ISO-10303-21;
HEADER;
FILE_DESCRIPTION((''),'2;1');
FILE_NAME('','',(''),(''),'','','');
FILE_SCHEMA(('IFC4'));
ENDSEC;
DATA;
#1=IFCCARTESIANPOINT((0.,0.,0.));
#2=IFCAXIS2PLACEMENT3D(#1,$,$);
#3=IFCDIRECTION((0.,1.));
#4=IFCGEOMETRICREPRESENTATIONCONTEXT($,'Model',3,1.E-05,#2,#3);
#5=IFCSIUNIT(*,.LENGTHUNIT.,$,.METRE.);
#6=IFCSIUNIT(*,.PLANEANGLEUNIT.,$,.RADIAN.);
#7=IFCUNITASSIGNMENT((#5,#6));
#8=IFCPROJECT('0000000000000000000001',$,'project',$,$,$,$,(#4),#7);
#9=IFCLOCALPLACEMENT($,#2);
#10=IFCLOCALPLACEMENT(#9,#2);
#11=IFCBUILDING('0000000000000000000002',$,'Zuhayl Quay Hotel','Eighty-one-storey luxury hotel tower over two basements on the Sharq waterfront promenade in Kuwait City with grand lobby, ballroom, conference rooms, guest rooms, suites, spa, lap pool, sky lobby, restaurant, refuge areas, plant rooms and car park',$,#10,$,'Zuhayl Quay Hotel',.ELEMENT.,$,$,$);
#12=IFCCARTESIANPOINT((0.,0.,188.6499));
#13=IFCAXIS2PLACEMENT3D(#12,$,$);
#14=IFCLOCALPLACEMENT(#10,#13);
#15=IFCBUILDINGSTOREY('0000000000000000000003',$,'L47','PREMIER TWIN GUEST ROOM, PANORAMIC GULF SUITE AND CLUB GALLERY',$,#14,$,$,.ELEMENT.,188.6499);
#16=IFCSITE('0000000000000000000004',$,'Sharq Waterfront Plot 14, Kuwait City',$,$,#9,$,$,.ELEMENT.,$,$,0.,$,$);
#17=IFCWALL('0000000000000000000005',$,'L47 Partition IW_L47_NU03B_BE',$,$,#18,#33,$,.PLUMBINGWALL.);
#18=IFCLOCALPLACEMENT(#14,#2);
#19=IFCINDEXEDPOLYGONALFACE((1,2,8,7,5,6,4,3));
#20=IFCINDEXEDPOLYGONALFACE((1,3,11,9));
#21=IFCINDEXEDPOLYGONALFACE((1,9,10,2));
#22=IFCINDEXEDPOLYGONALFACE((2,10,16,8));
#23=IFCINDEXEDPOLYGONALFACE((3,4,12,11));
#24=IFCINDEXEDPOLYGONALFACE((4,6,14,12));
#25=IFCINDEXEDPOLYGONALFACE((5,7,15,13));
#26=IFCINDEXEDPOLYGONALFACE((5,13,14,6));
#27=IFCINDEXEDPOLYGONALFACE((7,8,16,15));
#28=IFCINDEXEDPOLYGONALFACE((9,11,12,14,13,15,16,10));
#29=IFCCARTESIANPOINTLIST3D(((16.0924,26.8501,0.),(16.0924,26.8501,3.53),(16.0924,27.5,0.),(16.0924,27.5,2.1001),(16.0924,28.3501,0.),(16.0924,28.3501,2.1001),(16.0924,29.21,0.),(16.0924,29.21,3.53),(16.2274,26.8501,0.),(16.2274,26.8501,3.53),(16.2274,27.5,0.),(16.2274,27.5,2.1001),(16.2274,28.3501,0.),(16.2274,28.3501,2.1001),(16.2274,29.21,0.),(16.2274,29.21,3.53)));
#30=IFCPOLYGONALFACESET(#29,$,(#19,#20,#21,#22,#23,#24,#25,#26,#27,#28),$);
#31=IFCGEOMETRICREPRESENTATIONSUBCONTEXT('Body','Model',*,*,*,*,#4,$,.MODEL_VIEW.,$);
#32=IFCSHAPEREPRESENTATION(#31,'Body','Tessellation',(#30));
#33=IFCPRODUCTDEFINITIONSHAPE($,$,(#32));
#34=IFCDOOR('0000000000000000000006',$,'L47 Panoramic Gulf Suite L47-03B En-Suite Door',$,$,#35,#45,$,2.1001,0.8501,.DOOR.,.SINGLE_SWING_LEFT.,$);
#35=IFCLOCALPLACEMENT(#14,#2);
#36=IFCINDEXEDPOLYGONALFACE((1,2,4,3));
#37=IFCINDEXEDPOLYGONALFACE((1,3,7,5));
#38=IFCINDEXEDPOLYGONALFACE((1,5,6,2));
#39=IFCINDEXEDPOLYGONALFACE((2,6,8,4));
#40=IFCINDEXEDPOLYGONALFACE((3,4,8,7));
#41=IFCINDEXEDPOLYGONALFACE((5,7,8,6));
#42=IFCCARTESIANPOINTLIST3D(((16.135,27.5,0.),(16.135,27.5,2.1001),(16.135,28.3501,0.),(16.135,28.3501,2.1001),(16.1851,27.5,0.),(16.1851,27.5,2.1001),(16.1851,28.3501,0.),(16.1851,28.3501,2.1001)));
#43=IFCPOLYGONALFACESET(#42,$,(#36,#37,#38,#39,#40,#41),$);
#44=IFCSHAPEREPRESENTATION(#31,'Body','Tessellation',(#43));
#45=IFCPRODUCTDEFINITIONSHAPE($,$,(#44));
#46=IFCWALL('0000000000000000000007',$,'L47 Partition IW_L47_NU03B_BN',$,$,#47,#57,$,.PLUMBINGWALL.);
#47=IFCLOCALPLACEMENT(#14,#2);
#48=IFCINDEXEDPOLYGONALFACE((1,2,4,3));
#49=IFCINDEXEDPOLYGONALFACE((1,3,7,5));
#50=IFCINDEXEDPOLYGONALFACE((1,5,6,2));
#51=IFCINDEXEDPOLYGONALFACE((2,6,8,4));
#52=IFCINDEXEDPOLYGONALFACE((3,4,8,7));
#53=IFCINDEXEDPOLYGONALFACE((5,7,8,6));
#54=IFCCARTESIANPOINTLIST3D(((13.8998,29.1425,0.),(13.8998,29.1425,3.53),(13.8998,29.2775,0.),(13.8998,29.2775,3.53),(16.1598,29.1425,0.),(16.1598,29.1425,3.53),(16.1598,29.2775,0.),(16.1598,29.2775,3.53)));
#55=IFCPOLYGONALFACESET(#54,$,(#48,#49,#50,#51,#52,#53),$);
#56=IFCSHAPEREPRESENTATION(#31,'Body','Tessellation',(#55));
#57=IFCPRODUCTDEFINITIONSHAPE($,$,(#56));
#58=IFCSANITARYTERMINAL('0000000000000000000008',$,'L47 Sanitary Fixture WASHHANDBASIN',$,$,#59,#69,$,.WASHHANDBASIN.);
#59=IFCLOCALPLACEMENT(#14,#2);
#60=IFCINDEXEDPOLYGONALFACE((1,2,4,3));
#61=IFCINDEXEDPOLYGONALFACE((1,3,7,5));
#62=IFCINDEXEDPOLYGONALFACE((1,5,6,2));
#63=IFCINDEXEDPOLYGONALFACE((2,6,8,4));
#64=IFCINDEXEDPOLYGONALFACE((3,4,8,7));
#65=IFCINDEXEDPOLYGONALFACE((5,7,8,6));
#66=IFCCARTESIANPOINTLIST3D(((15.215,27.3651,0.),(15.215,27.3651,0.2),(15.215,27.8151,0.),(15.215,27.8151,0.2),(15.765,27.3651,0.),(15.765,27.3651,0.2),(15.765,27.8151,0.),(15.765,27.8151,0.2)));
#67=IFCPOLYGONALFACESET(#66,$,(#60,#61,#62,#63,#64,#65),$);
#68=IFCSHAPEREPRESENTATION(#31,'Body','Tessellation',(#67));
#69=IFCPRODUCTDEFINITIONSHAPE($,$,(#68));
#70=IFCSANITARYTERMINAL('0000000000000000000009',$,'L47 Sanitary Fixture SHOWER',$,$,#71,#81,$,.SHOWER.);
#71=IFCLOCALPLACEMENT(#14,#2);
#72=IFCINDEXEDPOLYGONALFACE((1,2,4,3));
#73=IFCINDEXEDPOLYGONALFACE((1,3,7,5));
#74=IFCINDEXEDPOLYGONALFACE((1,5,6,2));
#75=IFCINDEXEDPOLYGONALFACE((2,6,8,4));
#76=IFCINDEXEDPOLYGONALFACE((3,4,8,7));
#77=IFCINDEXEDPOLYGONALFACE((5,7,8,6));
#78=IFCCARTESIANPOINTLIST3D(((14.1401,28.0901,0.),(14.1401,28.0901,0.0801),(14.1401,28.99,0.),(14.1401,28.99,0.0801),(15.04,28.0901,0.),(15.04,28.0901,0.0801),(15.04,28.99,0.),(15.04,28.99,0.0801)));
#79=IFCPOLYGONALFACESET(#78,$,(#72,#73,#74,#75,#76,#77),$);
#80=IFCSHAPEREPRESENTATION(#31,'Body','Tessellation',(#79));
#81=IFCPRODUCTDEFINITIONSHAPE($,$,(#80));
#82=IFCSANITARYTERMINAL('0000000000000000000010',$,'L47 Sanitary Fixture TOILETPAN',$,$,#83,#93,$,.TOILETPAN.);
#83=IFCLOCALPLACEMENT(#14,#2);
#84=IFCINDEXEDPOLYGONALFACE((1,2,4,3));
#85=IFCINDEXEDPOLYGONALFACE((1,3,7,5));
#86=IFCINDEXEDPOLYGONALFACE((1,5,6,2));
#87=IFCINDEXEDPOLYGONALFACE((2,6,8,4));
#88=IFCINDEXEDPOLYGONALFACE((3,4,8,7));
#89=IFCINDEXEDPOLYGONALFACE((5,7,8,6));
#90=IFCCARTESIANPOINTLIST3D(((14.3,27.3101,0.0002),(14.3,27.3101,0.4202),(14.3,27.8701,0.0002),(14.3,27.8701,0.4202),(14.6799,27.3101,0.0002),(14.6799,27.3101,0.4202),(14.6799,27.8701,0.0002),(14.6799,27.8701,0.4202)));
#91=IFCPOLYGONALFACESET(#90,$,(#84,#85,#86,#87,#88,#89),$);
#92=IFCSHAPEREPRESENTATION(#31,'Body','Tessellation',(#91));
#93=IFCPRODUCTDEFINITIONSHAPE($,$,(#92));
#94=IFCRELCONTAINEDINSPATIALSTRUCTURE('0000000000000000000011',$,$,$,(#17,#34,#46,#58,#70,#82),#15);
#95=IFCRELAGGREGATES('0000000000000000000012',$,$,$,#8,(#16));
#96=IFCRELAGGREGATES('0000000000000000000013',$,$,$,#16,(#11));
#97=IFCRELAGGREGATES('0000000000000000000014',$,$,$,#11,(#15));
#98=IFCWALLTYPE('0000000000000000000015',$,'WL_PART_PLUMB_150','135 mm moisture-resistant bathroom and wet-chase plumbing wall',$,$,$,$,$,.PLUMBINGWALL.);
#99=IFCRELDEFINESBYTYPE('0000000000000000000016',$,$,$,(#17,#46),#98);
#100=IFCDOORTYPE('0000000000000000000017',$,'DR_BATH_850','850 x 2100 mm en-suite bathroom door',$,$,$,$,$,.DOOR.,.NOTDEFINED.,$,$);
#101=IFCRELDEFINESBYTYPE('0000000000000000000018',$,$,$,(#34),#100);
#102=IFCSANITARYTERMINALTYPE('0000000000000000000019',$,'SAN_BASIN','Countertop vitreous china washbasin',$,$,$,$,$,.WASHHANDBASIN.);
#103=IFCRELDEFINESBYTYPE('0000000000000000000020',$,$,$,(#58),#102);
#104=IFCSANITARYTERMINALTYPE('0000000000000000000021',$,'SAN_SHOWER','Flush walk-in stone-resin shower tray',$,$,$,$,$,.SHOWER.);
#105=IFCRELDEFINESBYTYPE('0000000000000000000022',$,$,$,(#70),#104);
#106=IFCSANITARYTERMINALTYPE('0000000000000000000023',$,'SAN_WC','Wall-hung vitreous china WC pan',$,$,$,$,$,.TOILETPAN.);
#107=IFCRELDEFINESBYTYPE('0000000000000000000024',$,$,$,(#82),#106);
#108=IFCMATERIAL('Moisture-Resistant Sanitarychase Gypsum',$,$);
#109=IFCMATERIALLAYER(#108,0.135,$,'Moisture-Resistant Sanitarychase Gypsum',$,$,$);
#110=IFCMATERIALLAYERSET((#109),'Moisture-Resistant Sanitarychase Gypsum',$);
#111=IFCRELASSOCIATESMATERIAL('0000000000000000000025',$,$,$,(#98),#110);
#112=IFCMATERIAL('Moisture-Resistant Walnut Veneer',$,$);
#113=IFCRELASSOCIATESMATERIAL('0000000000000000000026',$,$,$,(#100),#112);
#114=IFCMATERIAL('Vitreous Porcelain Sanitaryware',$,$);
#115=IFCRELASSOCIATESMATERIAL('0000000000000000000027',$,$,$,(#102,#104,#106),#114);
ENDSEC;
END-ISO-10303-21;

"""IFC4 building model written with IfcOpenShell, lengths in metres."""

from ifc_helpers import new_model, si_unit, direction, frame, frame_2d, origin, origin_2d, place, context, subcontext, project, spatial, rectangle, extrude, material, layer, layer_set, type_object, element, fill, save


model = new_model("IFC4")

# Units and contexts
model_context = context("Model", 3, precision=1e-05, world=origin(), true_north=direction((0.0, 1.0)))
body_context = subcontext(model_context, "Body", "Model", "MODEL_VIEW")
ifc_project = project(units=[si_unit("LENGTHUNIT", "METRE"), si_unit("PLANEANGLEUNIT", "RADIAN")], contexts=[model_context])

# Site, building, storey
site_placement = place(None, origin())
site = spatial("IfcSite", under=ifc_project, at=site_placement, Name="Sharq Waterfront Plot 14, Kuwait City", CompositionType="ELEMENT", RefElevation=0.0)
building_placement = place(site_placement, origin())
building = spatial("IfcBuilding", under=site, at=building_placement, Name="Zuhayl Quay Hotel", Description="Eighty-one-storey luxury hotel tower over two basements on the Sharq waterfront promenade in Kuwait City with grand lobby, ballroom, conference rooms, guest rooms, suites, spa, lap pool, sky lobby, restaurant, refuge areas, plant rooms and car park", LongName="Zuhayl Quay Hotel", CompositionType="ELEMENT")
storey_placement = place(building_placement, frame((0.0, 0.0, 188.6499)))
storey = spatial("IfcBuildingStorey", under=building, at=storey_placement, Name="L47", Description="PREMIER TWIN GUEST ROOM, PANORAMIC GULF SUITE AND CLUB GALLERY", CompositionType="ELEMENT", Elevation=188.6499)

# Wall, opening, door
ifc_material_1 = material(Name="Moisture-Resistant Sanitarychase Gypsum")
ifc_layer_1 = layer(ifc_material_1, 0.135, Name="Moisture-Resistant Sanitarychase Gypsum")
ifc_layer_set_1 = layer_set([ifc_layer_1], Name="Moisture-Resistant Sanitarychase Gypsum")
wall_type_1 = type_object("IfcWallType", Name="WL_PART_PLUMB_150", Description="135 mm moisture-resistant bathroom and wet-chase plumbing wall", PredefinedType="PLUMBINGWALL", material=ifc_layer_set_1)
wall_1_placement = place(storey_placement, frame((16.1599, 26.8501, 0.0), z_axis=(0.0, 0.0, 1.0), x_axis=(0.0, 1.0, 0.0)))
wall_1 = element("IfcWall", 1, at=wall_1_placement, inside=storey, type_object=wall_type_1, Name="L47 Partition IW_L47_NU03B_BE", PredefinedType="PLUMBINGWALL", context=body_context, shape_type="SweptSolid", body=[
    extrude(rectangle(XDim=2.3599, YDim=0.135, at=frame_2d((1.1799, 0.0))), origin(), (0.0, 0.0, 1.0), 3.53),
])
opening_1_placement = place(wall_1_placement, frame((0.6499, 0.0, 0.0)))
opening_1 = element("IfcOpeningElement", 2, at=opening_1_placement, cuts=wall_1, PredefinedType="OPENING", context=body_context, shape_type="SweptSolid", body=[
    extrude(rectangle(XDim=0.8501, YDim=2.1001, at=frame_2d((0.425, 1.05))), frame((0.0, 0.0774, 0.0), z_axis=(0.0, -1.0, 0.0), x_axis=(1.0, 0.0, 0.0)), (0.0, 0.0, 1.0), 0.155),
])
ifc_material_2 = material(Name="Moisture-Resistant Walnut Veneer")
door_type_1 = type_object("IfcDoorType", Name="DR_BATH_850", Description="850 x 2100 mm en-suite bathroom door", OperationType="NOTDEFINED", PredefinedType="DOOR", material=ifc_material_2)
door_1_placement = place(opening_1_placement, origin())
door_1 = element("IfcDoor", 3, at=door_1_placement, inside=storey, type_object=door_type_1, Name="L47 Panoramic Gulf Suite L47-03B En-Suite Door", OperationType="SINGLE_SWING_LEFT", OverallHeight=2.1001, OverallWidth=0.8501, PredefinedType="DOOR", context=body_context, shape_type="SweptSolid", body=[
    extrude(rectangle(XDim=0.8501, YDim=2.1001, at=frame_2d((0.425, 1.05))), frame((0.0, 0.0249, 0.0), z_axis=(0.0, -1.0, 0.0), x_axis=(1.0, 0.0, 0.0)), (0.0, 0.0, 1.0), 0.05),
])
fill(opening_1, door_1)

# Wall
wall_2_placement = place(storey_placement, frame((13.8999, 29.21, 0.0), z_axis=(0.0, 0.0, 1.0), x_axis=(1.0, 0.0, 0.0)))
element("IfcWall", 4, at=wall_2_placement, inside=storey, type_object=wall_type_1, Name="L47 Partition IW_L47_NU03B_BN", PredefinedType="PLUMBINGWALL", context=body_context, shape_type="SweptSolid", body=[
    extrude(rectangle(XDim=2.26, YDim=0.135, at=frame_2d((1.1299, 0.0))), origin(), (0.0, 0.0, 1.0), 3.53),
])

# Sanitary terminals
ifc_material_3 = material(Name="Vitreous Porcelain Sanitaryware")
sanitary_terminal_type_1 = type_object("IfcSanitaryTerminalType", Name="SAN_BASIN", Description="Countertop vitreous china washbasin", PredefinedType="WASHHANDBASIN", material=ifc_material_3)
sanitary_terminal_1_placement = place(storey_placement, frame((15.49, 27.5901, 0.0), z_axis=(0.0, 0.0, 1.0), x_axis=(1.0, 0.0, 0.0)))
element("IfcSanitaryTerminal", 5, at=sanitary_terminal_1_placement, inside=storey, type_object=sanitary_terminal_type_1, Name="L47 Sanitary Fixture WASHHANDBASIN", PredefinedType="WASHHANDBASIN", context=body_context, shape_type="SweptSolid", body=[
    extrude(rectangle(XDim=0.55, YDim=0.45, at=origin_2d()), origin(), (0.0, 0.0, 1.0), 0.2),
])
sanitary_terminal_type_2 = type_object("IfcSanitaryTerminalType", Name="SAN_SHOWER", Description="Flush walk-in stone-resin shower tray", PredefinedType="SHOWER", material=ifc_material_3)
sanitary_terminal_2_placement = place(storey_placement, frame((14.5901, 28.54, 0.0), z_axis=(0.0, 0.0, 1.0), x_axis=(1.0, 0.0, 0.0)))
element("IfcSanitaryTerminal", 6, at=sanitary_terminal_2_placement, inside=storey, type_object=sanitary_terminal_type_2, Name="L47 Sanitary Fixture SHOWER", PredefinedType="SHOWER", context=body_context, shape_type="SweptSolid", body=[
    extrude(rectangle(XDim=0.8999, YDim=0.8999, at=origin_2d()), origin(), (0.0, 0.0, 1.0), 0.0801),
])
sanitary_terminal_type_3 = type_object("IfcSanitaryTerminalType", Name="SAN_WC", Description="Wall-hung vitreous china WC pan", PredefinedType="TOILETPAN", material=ifc_material_3)
sanitary_terminal_3_placement = place(storey_placement, frame((14.49, 27.5901, 0.0002), z_axis=(0.0, 0.0, 1.0), x_axis=(1.0, 0.0, 0.0)))
element("IfcSanitaryTerminal", 7, at=sanitary_terminal_3_placement, inside=storey, type_object=sanitary_terminal_type_3, Name="L47 Sanitary Fixture TOILETPAN", PredefinedType="TOILETPAN", context=body_context, shape_type="SweptSolid", body=[
    extrude(rectangle(XDim=0.3799, YDim=0.5601, at=origin_2d()), origin(), (0.0, 0.0, 1.0), 0.4199),
])

save(model, "model.ifc")
